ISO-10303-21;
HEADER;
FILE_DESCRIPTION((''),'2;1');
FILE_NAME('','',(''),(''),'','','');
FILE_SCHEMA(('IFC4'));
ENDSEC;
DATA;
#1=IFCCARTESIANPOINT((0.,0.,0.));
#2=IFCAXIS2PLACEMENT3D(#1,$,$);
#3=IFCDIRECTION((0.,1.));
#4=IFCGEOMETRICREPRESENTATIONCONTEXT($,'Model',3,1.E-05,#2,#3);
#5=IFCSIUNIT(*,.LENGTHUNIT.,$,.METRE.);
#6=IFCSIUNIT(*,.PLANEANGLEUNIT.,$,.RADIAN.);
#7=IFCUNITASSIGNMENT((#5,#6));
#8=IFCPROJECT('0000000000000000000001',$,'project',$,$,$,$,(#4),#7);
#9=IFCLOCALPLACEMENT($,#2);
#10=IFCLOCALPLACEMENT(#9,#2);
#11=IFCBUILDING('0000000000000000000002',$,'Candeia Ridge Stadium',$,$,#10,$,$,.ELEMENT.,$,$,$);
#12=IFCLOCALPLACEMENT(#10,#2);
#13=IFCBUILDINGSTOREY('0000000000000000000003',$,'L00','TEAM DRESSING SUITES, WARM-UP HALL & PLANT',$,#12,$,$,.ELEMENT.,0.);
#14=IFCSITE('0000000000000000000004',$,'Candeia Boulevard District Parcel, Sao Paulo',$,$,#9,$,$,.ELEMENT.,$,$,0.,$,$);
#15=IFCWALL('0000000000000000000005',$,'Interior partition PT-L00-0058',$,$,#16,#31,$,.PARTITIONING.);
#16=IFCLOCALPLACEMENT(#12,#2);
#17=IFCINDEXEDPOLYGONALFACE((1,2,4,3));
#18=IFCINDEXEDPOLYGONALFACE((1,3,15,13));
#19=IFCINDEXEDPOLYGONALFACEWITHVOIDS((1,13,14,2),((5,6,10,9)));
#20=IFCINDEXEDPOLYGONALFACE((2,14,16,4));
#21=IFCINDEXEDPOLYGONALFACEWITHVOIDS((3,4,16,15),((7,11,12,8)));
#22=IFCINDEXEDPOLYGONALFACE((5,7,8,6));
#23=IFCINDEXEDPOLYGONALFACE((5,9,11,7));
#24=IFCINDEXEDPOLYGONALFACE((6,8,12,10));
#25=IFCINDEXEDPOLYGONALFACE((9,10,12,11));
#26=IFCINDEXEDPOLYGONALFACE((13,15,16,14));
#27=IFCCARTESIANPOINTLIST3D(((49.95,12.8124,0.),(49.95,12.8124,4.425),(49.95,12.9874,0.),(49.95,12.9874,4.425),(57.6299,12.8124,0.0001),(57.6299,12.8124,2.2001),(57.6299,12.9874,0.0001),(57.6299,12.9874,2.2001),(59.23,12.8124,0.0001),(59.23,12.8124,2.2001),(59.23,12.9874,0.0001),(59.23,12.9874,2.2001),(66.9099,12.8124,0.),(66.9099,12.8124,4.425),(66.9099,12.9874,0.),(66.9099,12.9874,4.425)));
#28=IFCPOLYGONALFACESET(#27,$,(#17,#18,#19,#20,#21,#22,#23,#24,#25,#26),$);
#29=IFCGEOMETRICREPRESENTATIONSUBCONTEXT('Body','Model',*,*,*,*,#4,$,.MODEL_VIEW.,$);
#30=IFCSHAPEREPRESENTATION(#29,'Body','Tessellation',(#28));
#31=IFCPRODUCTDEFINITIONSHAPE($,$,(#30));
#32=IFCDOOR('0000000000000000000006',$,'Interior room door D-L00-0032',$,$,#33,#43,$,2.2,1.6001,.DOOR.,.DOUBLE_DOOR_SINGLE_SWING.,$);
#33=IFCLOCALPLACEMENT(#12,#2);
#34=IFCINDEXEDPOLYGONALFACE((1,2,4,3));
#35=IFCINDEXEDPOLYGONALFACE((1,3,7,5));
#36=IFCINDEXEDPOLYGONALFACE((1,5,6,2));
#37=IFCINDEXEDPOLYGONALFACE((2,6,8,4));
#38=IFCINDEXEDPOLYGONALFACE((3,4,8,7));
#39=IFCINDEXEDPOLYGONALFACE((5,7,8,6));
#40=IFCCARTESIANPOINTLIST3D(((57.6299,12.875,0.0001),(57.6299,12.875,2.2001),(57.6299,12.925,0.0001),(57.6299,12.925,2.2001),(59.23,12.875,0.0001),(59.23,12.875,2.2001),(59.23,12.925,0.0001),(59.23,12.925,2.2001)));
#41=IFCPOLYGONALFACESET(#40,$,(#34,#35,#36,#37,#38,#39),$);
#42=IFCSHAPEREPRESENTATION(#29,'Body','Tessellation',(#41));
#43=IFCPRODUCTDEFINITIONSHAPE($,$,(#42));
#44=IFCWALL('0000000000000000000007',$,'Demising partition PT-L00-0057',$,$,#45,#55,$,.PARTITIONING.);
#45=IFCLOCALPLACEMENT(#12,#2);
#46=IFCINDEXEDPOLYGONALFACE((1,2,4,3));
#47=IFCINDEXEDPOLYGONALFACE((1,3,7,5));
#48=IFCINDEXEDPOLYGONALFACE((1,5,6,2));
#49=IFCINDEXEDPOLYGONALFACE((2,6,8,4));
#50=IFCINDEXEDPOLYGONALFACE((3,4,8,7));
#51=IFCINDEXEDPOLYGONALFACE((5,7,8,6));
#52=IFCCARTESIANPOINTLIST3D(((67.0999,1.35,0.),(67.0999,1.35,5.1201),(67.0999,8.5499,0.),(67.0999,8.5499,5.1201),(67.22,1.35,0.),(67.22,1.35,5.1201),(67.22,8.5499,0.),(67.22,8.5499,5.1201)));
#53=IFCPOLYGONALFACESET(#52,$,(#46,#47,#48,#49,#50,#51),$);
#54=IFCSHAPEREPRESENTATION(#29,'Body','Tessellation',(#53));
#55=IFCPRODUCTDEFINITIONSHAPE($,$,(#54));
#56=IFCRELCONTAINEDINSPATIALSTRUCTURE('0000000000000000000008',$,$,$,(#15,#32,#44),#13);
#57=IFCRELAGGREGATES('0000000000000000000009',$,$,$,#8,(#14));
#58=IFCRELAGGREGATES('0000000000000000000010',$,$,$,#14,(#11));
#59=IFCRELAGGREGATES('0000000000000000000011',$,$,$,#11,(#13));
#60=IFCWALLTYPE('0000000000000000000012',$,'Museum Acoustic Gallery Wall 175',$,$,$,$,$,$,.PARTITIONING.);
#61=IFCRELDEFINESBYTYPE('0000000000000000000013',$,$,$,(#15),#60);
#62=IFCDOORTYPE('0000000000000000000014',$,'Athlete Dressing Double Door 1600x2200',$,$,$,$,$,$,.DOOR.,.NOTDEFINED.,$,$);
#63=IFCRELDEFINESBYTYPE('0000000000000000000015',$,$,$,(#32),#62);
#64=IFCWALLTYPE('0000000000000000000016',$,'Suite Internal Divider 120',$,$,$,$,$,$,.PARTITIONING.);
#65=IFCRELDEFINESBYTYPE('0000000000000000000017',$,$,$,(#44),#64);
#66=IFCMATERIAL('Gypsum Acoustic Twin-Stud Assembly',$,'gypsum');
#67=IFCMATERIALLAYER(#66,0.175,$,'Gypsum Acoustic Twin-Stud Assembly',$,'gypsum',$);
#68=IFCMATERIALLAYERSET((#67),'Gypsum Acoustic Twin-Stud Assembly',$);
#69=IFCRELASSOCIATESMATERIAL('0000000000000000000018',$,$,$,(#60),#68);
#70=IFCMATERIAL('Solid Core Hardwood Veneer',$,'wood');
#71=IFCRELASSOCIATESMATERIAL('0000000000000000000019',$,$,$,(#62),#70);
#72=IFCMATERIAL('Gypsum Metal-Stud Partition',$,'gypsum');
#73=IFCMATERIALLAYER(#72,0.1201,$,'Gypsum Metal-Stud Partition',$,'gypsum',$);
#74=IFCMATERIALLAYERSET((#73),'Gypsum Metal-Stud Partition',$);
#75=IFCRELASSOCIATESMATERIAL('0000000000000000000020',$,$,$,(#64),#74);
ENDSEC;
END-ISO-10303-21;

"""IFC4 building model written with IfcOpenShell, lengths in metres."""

from ifc_helpers import new_model, si_unit, direction, frame, frame_2d, origin, place, context, subcontext, project, spatial, rectangle, extrude, material, layer, layer_set, type_object, element, fill, save


model = new_model("IFC4")

# Units and contexts
model_context = context("Model", 3, precision=1e-05, world=origin(), true_north=direction((0.0, 1.0)))
body_context = subcontext(model_context, "Body", "Model", "MODEL_VIEW")
ifc_project = project(units=[si_unit("LENGTHUNIT", "METRE"), si_unit("PLANEANGLEUNIT", "RADIAN")], contexts=[model_context])

# Site, building, storey
site_placement = place(None, origin())
site = spatial("IfcSite", under=ifc_project, at=site_placement, Name="Candeia Boulevard District Parcel, Sao Paulo", CompositionType="ELEMENT", RefElevation=0.0)
building_placement = place(site_placement, origin())
building = spatial("IfcBuilding", under=site, at=building_placement, Name="Candeia Ridge Stadium", CompositionType="ELEMENT")
storey_placement = place(building_placement, origin())
storey = spatial("IfcBuildingStorey", under=building, at=storey_placement, Name="L00", Description="TEAM DRESSING SUITES, WARM-UP HALL & PLANT", CompositionType="ELEMENT", Elevation=0.0)

# Shared definitions
ifc_material_1 = material(Name="Gypsum Metal-Stud Partition", Category="gypsum")

# Wall, opening, door
ifc_material_2 = material(Name="Gypsum Acoustic Twin-Stud Assembly", Category="gypsum")
ifc_layer_1 = layer(ifc_material_2, 0.175, Name="Gypsum Acoustic Twin-Stud Assembly", Category="gypsum")
ifc_layer_set_1 = layer_set([ifc_layer_1], Name="Gypsum Acoustic Twin-Stud Assembly")
wall_type_1 = type_object("IfcWallType", Name="Museum Acoustic Gallery Wall 175", PredefinedType="PARTITIONING", material=ifc_layer_set_1)
wall_1_placement = place(storey_placement, frame((66.9099, 12.8999, 0.0), z_axis=(0.0, 0.0, 1.0), x_axis=(-1.0, 0.0, 0.0)))
wall_1 = element("IfcWall", 1, at=wall_1_placement, inside=storey, type_object=wall_type_1, Name="Interior partition PT-L00-0058", PredefinedType="PARTITIONING", context=body_context, shape_type="SweptSolid", body=[
    extrude(rectangle(XDim=16.96, YDim=0.175, at=frame_2d((8.48, 0.0))), origin(), (0.0, 0.0, 1.0), 4.425),
])
opening_1_placement = place(wall_1_placement, frame((7.6799, 0.0, 0.0)))
opening_1 = element("IfcOpeningElement", 2, at=opening_1_placement, cuts=wall_1, PredefinedType="OPENING", context=body_context, shape_type="SweptSolid", body=[
    extrude(rectangle(XDim=1.6001, YDim=2.2, at=frame_2d((0.8, 1.1001))), frame((0.0, 0.0974, 0.0), z_axis=(0.0, -1.0, 0.0), x_axis=(1.0, 0.0, 0.0)), (0.0, 0.0, 1.0), 0.1951),
])
ifc_material_3 = material(Name="Solid Core Hardwood Veneer", Category="wood")
door_type_1 = type_object("IfcDoorType", Name="Athlete Dressing Double Door 1600x2200", OperationType="NOTDEFINED", PredefinedType="DOOR", material=ifc_material_3)
door_1_placement = place(opening_1_placement, origin())
door_1 = element("IfcDoor", 3, at=door_1_placement, inside=storey, type_object=door_type_1, Name="Interior room door D-L00-0032", OperationType="DOUBLE_DOOR_SINGLE_SWING", OverallHeight=2.2, OverallWidth=1.6001, PredefinedType="DOOR", context=body_context, shape_type="SweptSolid", body=[
    extrude(rectangle(XDim=1.6001, YDim=2.2, at=frame_2d((0.8, 1.1001))), frame((0.0, 0.0249, 0.0), z_axis=(0.0, -1.0, 0.0), x_axis=(1.0, 0.0, 0.0)), (0.0, 0.0, 1.0), 0.05),
])
fill(opening_1, door_1)

# Wall
ifc_layer_2 = layer(ifc_material_1, 0.1201, Name="Gypsum Metal-Stud Partition", Category="gypsum")
ifc_layer_set_2 = layer_set([ifc_layer_2], Name="Gypsum Metal-Stud Partition")
wall_type_2 = type_object("IfcWallType", Name="Suite Internal Divider 120", PredefinedType="PARTITIONING", material=ifc_layer_set_2)
wall_2_placement = place(storey_placement, frame((67.1599, 8.55, 0.0), z_axis=(0.0, 0.0, 1.0), x_axis=(0.0, -1.0, 0.0)))
element("IfcWall", 4, at=wall_2_placement, inside=storey, type_object=wall_type_2, Name="Demising partition PT-L00-0057", PredefinedType="PARTITIONING", context=body_context, shape_type="SweptSolid", body=[
    extrude(rectangle(XDim=7.2, YDim=0.1201, at=frame_2d((3.6001, 0.0))), origin(), (0.0, 0.0, 1.0), 5.1201),
])

save(model, "model.ifc")
